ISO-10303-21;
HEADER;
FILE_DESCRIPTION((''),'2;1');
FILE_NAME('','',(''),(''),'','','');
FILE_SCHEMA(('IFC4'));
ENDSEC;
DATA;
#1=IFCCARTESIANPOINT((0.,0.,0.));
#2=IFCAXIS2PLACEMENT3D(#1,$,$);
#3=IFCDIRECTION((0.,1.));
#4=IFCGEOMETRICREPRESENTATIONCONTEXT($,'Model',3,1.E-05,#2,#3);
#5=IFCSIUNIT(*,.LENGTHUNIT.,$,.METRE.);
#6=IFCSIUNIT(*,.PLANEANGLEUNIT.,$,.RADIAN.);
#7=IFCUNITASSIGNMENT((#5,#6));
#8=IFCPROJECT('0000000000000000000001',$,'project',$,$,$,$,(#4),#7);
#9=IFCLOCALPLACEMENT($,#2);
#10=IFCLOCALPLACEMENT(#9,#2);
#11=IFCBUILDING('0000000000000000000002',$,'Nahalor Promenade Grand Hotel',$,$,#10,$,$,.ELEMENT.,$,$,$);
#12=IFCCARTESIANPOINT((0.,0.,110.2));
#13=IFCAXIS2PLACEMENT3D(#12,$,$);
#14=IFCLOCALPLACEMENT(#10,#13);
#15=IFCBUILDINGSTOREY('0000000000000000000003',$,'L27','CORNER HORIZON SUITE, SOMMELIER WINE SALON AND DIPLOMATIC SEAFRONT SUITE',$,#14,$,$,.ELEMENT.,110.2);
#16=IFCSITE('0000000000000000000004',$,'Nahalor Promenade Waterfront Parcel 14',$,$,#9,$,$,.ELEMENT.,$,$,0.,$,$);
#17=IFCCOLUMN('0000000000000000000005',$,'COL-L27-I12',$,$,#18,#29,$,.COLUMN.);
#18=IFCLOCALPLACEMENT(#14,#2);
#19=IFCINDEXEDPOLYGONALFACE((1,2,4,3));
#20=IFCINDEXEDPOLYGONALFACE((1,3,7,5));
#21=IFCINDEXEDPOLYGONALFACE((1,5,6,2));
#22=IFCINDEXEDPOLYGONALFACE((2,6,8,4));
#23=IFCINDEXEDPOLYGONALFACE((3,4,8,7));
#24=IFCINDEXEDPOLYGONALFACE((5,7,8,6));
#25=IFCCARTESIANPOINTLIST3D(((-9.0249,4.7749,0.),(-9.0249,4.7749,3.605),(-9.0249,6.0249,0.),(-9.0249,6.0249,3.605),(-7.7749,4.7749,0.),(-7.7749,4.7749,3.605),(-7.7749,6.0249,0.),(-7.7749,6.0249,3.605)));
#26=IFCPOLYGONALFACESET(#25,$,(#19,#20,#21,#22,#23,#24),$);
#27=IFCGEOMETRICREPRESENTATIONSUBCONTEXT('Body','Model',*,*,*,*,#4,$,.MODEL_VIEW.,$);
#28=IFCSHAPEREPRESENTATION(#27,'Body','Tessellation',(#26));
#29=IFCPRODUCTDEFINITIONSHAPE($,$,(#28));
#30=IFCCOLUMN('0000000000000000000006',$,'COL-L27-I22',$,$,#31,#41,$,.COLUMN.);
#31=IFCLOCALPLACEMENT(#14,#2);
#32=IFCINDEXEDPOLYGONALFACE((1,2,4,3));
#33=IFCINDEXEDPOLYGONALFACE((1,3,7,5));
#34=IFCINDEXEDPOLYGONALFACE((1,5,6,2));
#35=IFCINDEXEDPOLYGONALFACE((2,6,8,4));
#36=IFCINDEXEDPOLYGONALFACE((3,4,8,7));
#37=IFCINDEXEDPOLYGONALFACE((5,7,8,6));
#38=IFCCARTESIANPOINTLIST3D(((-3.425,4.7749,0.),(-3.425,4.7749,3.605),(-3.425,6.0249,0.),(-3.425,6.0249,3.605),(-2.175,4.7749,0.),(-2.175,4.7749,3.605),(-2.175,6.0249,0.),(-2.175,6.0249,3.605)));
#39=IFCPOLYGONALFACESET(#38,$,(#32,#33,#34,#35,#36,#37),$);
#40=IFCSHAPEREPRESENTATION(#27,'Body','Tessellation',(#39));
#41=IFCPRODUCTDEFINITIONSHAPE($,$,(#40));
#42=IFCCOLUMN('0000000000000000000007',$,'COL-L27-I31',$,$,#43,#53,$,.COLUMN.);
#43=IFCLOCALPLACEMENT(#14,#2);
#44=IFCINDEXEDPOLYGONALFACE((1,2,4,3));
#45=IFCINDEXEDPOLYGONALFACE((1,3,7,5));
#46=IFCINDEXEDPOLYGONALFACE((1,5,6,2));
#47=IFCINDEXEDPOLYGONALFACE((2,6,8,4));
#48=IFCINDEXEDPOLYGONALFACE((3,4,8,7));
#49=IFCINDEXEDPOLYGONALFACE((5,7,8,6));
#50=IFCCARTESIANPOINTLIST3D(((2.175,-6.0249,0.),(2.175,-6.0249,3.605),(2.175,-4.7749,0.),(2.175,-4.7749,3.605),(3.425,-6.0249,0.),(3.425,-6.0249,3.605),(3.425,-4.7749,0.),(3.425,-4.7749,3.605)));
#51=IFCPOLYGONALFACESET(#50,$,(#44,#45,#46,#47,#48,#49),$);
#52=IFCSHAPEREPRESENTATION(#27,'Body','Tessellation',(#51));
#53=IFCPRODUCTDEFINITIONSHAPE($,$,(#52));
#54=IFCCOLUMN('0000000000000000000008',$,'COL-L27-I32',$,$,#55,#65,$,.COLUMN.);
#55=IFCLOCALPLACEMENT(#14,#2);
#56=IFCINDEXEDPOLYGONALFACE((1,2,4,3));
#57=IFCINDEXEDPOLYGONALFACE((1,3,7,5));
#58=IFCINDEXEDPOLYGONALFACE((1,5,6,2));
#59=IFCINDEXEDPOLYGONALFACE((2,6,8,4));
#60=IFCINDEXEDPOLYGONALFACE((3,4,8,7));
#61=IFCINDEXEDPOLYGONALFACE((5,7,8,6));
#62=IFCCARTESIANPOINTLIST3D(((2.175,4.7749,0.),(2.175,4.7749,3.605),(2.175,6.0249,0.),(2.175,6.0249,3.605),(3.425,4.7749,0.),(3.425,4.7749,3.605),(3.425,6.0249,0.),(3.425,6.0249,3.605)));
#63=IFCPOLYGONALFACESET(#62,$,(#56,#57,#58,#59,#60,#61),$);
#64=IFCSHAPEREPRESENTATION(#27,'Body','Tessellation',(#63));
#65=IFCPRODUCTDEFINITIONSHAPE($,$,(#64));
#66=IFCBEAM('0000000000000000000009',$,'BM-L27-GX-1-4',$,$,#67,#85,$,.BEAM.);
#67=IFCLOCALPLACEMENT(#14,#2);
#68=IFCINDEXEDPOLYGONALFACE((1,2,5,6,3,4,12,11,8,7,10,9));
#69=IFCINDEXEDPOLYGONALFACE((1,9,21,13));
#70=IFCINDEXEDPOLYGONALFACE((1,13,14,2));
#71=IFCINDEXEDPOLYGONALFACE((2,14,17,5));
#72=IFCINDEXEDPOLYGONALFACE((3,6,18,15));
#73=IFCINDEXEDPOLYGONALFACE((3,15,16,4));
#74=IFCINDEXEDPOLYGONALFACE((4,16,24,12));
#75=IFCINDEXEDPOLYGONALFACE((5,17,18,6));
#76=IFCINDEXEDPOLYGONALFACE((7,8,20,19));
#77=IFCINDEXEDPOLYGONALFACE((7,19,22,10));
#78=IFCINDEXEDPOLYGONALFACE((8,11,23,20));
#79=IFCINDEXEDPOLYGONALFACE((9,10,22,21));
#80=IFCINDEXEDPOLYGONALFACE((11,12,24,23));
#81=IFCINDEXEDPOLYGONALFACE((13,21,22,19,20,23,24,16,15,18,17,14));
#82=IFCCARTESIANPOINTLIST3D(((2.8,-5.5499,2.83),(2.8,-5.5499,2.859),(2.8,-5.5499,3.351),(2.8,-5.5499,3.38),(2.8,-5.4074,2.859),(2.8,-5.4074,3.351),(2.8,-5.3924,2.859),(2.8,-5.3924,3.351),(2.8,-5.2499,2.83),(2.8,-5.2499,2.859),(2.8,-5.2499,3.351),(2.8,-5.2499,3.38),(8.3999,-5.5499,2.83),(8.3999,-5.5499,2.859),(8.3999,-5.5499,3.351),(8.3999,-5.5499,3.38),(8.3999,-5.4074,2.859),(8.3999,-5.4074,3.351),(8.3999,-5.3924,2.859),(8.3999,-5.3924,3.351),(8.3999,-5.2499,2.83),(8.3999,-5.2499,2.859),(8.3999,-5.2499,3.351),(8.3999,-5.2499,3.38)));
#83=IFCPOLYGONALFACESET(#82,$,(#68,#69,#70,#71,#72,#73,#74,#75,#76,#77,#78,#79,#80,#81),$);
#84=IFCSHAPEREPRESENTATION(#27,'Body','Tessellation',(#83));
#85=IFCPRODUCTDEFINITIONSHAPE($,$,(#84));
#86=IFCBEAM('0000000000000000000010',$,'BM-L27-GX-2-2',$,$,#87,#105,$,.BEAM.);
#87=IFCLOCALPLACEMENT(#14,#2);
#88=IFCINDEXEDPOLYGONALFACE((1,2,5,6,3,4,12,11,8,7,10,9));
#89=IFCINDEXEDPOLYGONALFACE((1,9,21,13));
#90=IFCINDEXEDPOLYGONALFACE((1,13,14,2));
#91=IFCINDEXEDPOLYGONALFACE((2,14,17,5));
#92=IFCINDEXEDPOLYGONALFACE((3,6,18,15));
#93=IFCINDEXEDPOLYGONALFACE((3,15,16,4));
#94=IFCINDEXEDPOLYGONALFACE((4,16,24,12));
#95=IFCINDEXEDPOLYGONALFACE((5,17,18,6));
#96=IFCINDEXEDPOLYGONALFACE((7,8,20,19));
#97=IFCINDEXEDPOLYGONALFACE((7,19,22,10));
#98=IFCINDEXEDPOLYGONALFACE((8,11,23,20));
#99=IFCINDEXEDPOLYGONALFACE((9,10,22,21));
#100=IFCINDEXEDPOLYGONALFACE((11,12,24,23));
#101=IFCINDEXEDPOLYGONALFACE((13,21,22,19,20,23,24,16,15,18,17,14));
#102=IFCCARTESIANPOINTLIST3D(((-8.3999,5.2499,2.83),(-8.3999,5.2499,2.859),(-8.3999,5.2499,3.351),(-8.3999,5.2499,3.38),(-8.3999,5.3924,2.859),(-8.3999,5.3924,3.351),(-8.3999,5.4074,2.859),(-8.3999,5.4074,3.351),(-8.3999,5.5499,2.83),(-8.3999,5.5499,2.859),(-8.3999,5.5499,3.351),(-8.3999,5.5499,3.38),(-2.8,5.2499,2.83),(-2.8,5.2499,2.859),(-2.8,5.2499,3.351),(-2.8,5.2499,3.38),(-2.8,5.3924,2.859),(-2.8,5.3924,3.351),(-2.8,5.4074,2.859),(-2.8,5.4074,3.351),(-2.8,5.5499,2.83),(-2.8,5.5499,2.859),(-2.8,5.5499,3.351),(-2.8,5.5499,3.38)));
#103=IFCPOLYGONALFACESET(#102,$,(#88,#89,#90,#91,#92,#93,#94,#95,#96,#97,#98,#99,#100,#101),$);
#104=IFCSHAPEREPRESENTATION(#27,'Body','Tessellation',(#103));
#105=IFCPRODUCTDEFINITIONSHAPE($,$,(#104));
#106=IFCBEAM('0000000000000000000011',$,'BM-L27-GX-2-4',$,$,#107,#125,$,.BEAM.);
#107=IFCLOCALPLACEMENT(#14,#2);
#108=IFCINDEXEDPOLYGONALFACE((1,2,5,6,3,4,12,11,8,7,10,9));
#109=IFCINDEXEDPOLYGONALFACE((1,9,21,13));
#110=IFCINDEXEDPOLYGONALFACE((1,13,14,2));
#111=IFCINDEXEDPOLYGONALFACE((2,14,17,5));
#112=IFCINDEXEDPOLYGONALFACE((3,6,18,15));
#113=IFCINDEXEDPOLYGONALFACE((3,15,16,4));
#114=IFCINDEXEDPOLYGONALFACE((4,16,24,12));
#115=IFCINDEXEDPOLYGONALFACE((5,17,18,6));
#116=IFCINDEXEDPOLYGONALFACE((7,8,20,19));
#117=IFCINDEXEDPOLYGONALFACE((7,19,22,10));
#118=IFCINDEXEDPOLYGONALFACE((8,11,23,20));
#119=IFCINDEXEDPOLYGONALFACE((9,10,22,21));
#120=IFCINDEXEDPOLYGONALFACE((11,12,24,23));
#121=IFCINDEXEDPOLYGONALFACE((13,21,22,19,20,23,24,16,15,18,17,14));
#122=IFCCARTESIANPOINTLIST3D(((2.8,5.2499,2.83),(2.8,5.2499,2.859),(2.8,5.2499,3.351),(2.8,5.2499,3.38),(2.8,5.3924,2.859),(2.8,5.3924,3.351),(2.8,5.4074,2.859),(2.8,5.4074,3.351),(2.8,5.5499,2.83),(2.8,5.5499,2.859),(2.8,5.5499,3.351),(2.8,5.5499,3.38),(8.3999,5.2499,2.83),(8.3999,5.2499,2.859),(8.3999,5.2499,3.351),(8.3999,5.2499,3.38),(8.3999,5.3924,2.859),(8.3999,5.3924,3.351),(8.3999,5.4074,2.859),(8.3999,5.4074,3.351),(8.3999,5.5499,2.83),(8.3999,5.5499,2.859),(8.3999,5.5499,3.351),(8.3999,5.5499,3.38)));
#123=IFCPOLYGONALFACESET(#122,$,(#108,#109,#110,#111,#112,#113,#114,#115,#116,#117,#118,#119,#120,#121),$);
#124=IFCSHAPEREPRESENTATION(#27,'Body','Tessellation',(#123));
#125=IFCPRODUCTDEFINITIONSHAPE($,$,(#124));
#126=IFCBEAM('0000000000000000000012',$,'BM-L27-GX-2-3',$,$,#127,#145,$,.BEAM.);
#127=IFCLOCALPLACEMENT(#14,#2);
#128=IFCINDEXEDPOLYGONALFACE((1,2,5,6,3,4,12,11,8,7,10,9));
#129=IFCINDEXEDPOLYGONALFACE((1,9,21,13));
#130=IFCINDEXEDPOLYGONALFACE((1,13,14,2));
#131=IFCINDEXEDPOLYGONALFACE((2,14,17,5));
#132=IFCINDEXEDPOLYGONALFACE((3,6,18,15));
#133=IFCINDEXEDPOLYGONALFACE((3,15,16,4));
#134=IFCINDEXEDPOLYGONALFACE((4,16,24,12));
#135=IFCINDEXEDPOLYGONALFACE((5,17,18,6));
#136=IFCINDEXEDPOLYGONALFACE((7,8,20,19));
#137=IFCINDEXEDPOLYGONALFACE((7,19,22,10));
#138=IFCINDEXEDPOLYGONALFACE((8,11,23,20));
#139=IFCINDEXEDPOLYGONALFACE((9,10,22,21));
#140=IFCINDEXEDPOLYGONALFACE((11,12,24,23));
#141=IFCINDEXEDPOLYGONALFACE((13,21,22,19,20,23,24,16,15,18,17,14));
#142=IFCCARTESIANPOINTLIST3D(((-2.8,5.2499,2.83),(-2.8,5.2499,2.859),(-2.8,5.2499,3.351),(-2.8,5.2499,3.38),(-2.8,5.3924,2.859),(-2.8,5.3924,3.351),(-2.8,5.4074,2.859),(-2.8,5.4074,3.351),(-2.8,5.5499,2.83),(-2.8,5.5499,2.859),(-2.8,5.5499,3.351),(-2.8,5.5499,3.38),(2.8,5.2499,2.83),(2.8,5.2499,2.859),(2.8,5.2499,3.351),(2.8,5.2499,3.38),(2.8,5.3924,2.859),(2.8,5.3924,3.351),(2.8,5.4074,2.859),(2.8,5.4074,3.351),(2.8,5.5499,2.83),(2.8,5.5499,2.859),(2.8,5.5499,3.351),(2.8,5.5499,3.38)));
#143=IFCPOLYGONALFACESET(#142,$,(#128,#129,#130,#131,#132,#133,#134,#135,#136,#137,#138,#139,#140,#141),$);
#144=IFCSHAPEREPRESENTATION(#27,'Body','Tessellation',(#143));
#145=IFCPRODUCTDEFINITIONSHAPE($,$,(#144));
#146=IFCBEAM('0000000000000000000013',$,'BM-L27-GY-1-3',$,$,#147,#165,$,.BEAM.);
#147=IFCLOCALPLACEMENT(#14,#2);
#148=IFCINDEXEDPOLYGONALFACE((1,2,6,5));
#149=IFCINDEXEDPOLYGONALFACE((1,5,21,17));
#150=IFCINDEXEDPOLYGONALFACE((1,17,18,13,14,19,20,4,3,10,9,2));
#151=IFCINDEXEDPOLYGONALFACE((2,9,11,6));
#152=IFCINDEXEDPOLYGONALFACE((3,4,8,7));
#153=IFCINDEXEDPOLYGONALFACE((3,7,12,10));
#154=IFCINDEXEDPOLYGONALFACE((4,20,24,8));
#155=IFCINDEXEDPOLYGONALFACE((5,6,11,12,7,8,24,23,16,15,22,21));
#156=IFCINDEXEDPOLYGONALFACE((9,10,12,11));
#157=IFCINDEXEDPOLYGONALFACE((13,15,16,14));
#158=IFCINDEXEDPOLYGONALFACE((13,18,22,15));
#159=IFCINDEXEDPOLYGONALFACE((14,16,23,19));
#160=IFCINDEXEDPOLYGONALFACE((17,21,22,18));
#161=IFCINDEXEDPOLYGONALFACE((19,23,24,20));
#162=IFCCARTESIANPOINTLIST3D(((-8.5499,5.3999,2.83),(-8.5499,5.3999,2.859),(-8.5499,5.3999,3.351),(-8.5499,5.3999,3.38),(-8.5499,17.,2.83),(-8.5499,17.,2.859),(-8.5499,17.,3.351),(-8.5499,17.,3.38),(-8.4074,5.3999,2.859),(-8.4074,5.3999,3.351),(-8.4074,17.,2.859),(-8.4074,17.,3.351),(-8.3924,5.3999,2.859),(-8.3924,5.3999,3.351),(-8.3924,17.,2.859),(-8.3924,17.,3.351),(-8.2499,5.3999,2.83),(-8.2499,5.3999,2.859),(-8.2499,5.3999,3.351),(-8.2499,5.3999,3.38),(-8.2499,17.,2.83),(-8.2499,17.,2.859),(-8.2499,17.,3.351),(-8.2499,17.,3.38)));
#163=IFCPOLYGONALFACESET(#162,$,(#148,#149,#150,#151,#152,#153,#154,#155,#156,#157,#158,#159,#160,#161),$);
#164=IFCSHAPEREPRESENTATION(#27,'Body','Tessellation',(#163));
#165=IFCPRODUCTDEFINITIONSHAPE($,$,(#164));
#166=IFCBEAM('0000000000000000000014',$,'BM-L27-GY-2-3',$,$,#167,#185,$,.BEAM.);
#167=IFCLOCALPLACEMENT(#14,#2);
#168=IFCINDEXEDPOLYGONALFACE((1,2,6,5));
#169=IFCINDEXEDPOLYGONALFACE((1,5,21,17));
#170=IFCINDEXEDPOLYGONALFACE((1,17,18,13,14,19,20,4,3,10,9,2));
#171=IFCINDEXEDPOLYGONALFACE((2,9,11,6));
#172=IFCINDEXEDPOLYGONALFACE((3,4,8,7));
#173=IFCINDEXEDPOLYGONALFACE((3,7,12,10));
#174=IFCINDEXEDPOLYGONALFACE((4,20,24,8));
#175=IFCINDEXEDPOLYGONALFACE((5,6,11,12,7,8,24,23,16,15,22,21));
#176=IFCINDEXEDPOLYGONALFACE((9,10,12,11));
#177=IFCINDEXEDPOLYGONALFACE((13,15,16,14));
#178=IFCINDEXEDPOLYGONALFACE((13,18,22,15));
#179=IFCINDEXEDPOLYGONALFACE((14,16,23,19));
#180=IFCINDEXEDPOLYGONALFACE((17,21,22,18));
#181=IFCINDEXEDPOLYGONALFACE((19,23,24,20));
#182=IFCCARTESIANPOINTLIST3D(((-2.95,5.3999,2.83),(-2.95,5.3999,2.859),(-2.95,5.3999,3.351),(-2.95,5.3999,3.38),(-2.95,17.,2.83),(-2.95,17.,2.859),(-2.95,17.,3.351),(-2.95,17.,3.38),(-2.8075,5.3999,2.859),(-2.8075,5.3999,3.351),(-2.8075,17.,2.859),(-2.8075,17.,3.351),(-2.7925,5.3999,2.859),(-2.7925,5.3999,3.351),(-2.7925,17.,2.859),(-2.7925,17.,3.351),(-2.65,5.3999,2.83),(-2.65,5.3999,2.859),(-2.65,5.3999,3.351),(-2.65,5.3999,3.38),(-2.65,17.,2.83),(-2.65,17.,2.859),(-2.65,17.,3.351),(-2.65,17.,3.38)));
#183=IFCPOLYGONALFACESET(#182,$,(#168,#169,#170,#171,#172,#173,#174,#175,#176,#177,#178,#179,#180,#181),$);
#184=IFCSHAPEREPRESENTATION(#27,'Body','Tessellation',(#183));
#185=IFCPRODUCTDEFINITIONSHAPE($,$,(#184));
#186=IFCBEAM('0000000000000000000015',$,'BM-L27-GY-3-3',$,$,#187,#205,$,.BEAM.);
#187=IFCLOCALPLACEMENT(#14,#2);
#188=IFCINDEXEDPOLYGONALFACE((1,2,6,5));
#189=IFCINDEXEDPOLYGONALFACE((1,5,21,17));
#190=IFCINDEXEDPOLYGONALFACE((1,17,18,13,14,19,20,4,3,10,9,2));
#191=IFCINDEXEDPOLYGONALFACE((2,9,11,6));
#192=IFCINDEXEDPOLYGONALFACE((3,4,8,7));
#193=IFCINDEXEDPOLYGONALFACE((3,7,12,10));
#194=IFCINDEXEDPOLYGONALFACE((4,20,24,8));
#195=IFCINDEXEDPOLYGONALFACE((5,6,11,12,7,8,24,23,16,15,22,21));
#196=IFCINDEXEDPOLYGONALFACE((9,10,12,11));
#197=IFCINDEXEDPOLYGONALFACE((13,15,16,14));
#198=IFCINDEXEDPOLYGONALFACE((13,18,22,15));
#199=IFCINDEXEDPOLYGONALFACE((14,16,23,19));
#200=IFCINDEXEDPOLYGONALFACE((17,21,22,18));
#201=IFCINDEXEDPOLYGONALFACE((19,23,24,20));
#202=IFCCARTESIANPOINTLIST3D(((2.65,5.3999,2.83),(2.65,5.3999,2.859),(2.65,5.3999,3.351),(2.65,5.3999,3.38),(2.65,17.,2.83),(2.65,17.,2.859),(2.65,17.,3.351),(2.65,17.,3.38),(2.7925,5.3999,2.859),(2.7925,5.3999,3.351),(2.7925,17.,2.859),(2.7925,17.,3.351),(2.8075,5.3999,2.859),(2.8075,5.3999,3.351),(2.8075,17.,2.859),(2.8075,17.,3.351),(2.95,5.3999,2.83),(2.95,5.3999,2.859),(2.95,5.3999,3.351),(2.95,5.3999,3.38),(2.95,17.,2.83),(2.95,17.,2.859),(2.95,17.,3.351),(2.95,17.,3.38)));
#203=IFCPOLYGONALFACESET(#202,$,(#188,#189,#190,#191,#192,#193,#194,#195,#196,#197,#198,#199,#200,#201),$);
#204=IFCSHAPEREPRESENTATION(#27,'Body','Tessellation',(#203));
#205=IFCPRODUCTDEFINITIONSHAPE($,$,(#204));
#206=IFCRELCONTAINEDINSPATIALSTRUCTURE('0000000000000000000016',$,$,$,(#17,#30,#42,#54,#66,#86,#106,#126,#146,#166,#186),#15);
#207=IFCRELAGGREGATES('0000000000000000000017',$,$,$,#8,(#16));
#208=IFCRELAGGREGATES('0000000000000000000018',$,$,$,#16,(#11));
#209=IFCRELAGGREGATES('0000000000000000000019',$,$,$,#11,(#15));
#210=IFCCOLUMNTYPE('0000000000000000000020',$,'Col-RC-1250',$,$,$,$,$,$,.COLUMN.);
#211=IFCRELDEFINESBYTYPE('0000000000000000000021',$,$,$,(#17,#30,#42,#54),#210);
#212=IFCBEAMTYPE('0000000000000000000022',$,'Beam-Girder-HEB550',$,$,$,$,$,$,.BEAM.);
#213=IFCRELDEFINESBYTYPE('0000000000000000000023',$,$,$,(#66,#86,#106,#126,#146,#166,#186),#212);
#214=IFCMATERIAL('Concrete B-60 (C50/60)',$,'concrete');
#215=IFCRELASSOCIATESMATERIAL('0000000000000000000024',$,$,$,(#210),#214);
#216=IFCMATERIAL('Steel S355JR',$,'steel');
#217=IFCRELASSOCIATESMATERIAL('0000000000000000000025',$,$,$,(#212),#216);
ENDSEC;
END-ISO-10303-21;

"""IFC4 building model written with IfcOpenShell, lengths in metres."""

from ifc_helpers import new_model, si_unit, direction, frame, origin, origin_2d, place, context, subcontext, project, spatial, rectangle, i_section, extrude, source, transform, mapped, material, material_profile, profile_set, type_object, element, save


model = new_model("IFC4")

# Units and contexts
model_context = context("Model", 3, precision=1e-05, world=origin(), true_north=direction((0.0, 1.0)))
body_context = subcontext(model_context, "Body", "Model", "MODEL_VIEW")
ifc_project = project(units=[si_unit("LENGTHUNIT", "METRE"), si_unit("PLANEANGLEUNIT", "RADIAN")], contexts=[model_context])

# Site, building, storey
site_placement = place(None, origin())
site = spatial("IfcSite", under=ifc_project, at=site_placement, Name="Nahalor Promenade Waterfront Parcel 14", CompositionType="ELEMENT", RefElevation=0.0)
building_placement = place(site_placement, origin())
building = spatial("IfcBuilding", under=site, at=building_placement, Name="Nahalor Promenade Grand Hotel", CompositionType="ELEMENT")
storey_placement = place(building_placement, frame((0.0, 0.0, 110.2)))
storey = spatial("IfcBuildingStorey", under=building, at=storey_placement, Name="L27", Description="CORNER HORIZON SUITE, SOMMELIER WINE SALON AND DIPLOMATIC SEAFRONT SUITE", CompositionType="ELEMENT", Elevation=110.2)

# Columns
ifc_material_1 = material(Name="Concrete B-60 (C50/60)", Category="concrete")
ifc_material_profile_1 = material_profile(ifc_material_1, rectangle(XDim=1.25, YDim=1.25, at=origin_2d()), Name="RC 1250x1250")
ifc_profile_set_1 = profile_set([ifc_material_profile_1], Name="Concrete B-60 (C50/60)")
column_type = type_object("IfcColumnType", Name="Col-RC-1250", PredefinedType="COLUMN", material=ifc_profile_set_1)
shared_shape_1 = source(origin(), body_context, "Body", "SweptSolid", [
    extrude(rectangle(XDim=1.25, YDim=1.25, at=origin_2d()), origin(), (0.0, 0.0, 1.0), 3.605),
])
for number, where, z_axis, x_axis, name in (
    (1, (-8.3999, 5.3999, 0.0), (0.0, 0.0, 1.0), (1.0, 0.0, 0.0), "COL-L27-I12"),
    (2, (-2.8, 5.3999, 0.0), (0.0, 0.0, 1.0), (1.0, 0.0, 0.0), "COL-L27-I22"),
    (3, (2.8, -5.3999, 0.0), (0.0, 0.0, 1.0), (1.0, 0.0, 0.0), "COL-L27-I31"),
    (4, (2.8, 5.3999, 0.0), (0.0, 0.0, 1.0), (1.0, 0.0, 0.0), "COL-L27-I32"),
):
    element("IfcColumn", number, at=place(storey_placement, frame(where, z_axis=z_axis, x_axis=x_axis)), inside=storey, type_object=column_type, Name=name, PredefinedType="COLUMN", context=body_context, shape_type="MappedRepresentation", body=[
        mapped(shared_shape_1, transform((0.0, 0.0, 0.0), scale=1.0)),
    ])

# Beams
ifc_material_2 = material(Name="Steel S355JR", Category="steel")
ifc_material_profile_2 = material_profile(ifc_material_2, i_section(OverallWidth=0.3, OverallDepth=0.55, WebThickness=0.015, FlangeThickness=0.029, at=origin_2d()), Name="HEB 550")
ifc_profile_set_2 = profile_set([ifc_material_profile_2], Name="Steel S355JR")
beam_type = type_object("IfcBeamType", Name="Beam-Girder-HEB550", PredefinedType="BEAM", material=ifc_profile_set_2)
shared_shape_2 = source(origin(), body_context, "Body", "SweptSolid", [
    extrude(i_section(OverallWidth=0.3, OverallDepth=0.55, WebThickness=0.015, FlangeThickness=0.029, at=origin_2d()), origin(), (0.0, 0.0, 1.0), 5.5999),
])
for number, where, z_axis, x_axis, name in (
    (5, (2.8, -5.3999, 3.105), (1.0, 0.0, 0.0), (0.0, 1.0, 0.0), "BM-L27-GX-1-4"),
    (6, (-8.3999, 5.3999, 3.105), (1.0, 0.0, 0.0), (0.0, 1.0, 0.0), "BM-L27-GX-2-2"),
    (7, (2.8, 5.3999, 3.105), (1.0, 0.0, 0.0), (0.0, 1.0, 0.0), "BM-L27-GX-2-4"),
):
    element("IfcBeam", number, at=place(storey_placement, frame(where, z_axis=z_axis, x_axis=x_axis)), inside=storey, type_object=beam_type, Name=name, PredefinedType="BEAM", context=body_context, shape_type="MappedRepresentation", body=[
        mapped(shared_shape_2, transform((0.0, 0.0, 0.0), scale=1.0)),
    ])
shared_shape_3 = source(origin(), body_context, "Body", "SweptSolid", [
    extrude(i_section(OverallWidth=0.3, OverallDepth=0.55, WebThickness=0.015, FlangeThickness=0.029, at=origin_2d()), origin(), (0.0, 0.0, 1.0), 5.6001),
])
beam_placement = place(storey_placement, frame((-2.8, 5.3999, 3.105), z_axis=(1.0, 0.0, 0.0), x_axis=(0.0, 1.0, 0.0)))
element("IfcBeam", 8, at=beam_placement, inside=storey, type_object=beam_type, Name="BM-L27-GX-2-3", PredefinedType="BEAM", context=body_context, shape_type="MappedRepresentation", body=[
    mapped(shared_shape_3, transform((0.0, 0.0, 0.0), scale=1.0)),
])
shared_shape_4 = source(origin(), body_context, "Body", "SweptSolid", [
    extrude(i_section(OverallWidth=0.3, OverallDepth=0.55, WebThickness=0.015, FlangeThickness=0.029, at=origin_2d()), origin(), (0.0, 0.0, 1.0), 11.6001),
])
for number, where, z_axis, x_axis, name in (
    (9, (-8.3999, 5.3999, 3.105), (0.0, 1.0, 0.0), (-1.0, 0.0, 0.0), "BM-L27-GY-1-3"),
    (10, (-2.8, 5.3999, 3.105), (0.0, 1.0, 0.0), (-1.0, 0.0, 0.0), "BM-L27-GY-2-3"),
    (11, (2.8, 5.3999, 3.105), (0.0, 1.0, 0.0), (-1.0, 0.0, 0.0), "BM-L27-GY-3-3"),
):
    element("IfcBeam", number, at=place(storey_placement, frame(where, z_axis=z_axis, x_axis=x_axis)), inside=storey, type_object=beam_type, Name=name, PredefinedType="BEAM", context=body_context, shape_type="MappedRepresentation", body=[
        mapped(shared_shape_4, transform((0.0, 0.0, 0.0), scale=1.0)),
    ])

save(model, "model.ifc")
